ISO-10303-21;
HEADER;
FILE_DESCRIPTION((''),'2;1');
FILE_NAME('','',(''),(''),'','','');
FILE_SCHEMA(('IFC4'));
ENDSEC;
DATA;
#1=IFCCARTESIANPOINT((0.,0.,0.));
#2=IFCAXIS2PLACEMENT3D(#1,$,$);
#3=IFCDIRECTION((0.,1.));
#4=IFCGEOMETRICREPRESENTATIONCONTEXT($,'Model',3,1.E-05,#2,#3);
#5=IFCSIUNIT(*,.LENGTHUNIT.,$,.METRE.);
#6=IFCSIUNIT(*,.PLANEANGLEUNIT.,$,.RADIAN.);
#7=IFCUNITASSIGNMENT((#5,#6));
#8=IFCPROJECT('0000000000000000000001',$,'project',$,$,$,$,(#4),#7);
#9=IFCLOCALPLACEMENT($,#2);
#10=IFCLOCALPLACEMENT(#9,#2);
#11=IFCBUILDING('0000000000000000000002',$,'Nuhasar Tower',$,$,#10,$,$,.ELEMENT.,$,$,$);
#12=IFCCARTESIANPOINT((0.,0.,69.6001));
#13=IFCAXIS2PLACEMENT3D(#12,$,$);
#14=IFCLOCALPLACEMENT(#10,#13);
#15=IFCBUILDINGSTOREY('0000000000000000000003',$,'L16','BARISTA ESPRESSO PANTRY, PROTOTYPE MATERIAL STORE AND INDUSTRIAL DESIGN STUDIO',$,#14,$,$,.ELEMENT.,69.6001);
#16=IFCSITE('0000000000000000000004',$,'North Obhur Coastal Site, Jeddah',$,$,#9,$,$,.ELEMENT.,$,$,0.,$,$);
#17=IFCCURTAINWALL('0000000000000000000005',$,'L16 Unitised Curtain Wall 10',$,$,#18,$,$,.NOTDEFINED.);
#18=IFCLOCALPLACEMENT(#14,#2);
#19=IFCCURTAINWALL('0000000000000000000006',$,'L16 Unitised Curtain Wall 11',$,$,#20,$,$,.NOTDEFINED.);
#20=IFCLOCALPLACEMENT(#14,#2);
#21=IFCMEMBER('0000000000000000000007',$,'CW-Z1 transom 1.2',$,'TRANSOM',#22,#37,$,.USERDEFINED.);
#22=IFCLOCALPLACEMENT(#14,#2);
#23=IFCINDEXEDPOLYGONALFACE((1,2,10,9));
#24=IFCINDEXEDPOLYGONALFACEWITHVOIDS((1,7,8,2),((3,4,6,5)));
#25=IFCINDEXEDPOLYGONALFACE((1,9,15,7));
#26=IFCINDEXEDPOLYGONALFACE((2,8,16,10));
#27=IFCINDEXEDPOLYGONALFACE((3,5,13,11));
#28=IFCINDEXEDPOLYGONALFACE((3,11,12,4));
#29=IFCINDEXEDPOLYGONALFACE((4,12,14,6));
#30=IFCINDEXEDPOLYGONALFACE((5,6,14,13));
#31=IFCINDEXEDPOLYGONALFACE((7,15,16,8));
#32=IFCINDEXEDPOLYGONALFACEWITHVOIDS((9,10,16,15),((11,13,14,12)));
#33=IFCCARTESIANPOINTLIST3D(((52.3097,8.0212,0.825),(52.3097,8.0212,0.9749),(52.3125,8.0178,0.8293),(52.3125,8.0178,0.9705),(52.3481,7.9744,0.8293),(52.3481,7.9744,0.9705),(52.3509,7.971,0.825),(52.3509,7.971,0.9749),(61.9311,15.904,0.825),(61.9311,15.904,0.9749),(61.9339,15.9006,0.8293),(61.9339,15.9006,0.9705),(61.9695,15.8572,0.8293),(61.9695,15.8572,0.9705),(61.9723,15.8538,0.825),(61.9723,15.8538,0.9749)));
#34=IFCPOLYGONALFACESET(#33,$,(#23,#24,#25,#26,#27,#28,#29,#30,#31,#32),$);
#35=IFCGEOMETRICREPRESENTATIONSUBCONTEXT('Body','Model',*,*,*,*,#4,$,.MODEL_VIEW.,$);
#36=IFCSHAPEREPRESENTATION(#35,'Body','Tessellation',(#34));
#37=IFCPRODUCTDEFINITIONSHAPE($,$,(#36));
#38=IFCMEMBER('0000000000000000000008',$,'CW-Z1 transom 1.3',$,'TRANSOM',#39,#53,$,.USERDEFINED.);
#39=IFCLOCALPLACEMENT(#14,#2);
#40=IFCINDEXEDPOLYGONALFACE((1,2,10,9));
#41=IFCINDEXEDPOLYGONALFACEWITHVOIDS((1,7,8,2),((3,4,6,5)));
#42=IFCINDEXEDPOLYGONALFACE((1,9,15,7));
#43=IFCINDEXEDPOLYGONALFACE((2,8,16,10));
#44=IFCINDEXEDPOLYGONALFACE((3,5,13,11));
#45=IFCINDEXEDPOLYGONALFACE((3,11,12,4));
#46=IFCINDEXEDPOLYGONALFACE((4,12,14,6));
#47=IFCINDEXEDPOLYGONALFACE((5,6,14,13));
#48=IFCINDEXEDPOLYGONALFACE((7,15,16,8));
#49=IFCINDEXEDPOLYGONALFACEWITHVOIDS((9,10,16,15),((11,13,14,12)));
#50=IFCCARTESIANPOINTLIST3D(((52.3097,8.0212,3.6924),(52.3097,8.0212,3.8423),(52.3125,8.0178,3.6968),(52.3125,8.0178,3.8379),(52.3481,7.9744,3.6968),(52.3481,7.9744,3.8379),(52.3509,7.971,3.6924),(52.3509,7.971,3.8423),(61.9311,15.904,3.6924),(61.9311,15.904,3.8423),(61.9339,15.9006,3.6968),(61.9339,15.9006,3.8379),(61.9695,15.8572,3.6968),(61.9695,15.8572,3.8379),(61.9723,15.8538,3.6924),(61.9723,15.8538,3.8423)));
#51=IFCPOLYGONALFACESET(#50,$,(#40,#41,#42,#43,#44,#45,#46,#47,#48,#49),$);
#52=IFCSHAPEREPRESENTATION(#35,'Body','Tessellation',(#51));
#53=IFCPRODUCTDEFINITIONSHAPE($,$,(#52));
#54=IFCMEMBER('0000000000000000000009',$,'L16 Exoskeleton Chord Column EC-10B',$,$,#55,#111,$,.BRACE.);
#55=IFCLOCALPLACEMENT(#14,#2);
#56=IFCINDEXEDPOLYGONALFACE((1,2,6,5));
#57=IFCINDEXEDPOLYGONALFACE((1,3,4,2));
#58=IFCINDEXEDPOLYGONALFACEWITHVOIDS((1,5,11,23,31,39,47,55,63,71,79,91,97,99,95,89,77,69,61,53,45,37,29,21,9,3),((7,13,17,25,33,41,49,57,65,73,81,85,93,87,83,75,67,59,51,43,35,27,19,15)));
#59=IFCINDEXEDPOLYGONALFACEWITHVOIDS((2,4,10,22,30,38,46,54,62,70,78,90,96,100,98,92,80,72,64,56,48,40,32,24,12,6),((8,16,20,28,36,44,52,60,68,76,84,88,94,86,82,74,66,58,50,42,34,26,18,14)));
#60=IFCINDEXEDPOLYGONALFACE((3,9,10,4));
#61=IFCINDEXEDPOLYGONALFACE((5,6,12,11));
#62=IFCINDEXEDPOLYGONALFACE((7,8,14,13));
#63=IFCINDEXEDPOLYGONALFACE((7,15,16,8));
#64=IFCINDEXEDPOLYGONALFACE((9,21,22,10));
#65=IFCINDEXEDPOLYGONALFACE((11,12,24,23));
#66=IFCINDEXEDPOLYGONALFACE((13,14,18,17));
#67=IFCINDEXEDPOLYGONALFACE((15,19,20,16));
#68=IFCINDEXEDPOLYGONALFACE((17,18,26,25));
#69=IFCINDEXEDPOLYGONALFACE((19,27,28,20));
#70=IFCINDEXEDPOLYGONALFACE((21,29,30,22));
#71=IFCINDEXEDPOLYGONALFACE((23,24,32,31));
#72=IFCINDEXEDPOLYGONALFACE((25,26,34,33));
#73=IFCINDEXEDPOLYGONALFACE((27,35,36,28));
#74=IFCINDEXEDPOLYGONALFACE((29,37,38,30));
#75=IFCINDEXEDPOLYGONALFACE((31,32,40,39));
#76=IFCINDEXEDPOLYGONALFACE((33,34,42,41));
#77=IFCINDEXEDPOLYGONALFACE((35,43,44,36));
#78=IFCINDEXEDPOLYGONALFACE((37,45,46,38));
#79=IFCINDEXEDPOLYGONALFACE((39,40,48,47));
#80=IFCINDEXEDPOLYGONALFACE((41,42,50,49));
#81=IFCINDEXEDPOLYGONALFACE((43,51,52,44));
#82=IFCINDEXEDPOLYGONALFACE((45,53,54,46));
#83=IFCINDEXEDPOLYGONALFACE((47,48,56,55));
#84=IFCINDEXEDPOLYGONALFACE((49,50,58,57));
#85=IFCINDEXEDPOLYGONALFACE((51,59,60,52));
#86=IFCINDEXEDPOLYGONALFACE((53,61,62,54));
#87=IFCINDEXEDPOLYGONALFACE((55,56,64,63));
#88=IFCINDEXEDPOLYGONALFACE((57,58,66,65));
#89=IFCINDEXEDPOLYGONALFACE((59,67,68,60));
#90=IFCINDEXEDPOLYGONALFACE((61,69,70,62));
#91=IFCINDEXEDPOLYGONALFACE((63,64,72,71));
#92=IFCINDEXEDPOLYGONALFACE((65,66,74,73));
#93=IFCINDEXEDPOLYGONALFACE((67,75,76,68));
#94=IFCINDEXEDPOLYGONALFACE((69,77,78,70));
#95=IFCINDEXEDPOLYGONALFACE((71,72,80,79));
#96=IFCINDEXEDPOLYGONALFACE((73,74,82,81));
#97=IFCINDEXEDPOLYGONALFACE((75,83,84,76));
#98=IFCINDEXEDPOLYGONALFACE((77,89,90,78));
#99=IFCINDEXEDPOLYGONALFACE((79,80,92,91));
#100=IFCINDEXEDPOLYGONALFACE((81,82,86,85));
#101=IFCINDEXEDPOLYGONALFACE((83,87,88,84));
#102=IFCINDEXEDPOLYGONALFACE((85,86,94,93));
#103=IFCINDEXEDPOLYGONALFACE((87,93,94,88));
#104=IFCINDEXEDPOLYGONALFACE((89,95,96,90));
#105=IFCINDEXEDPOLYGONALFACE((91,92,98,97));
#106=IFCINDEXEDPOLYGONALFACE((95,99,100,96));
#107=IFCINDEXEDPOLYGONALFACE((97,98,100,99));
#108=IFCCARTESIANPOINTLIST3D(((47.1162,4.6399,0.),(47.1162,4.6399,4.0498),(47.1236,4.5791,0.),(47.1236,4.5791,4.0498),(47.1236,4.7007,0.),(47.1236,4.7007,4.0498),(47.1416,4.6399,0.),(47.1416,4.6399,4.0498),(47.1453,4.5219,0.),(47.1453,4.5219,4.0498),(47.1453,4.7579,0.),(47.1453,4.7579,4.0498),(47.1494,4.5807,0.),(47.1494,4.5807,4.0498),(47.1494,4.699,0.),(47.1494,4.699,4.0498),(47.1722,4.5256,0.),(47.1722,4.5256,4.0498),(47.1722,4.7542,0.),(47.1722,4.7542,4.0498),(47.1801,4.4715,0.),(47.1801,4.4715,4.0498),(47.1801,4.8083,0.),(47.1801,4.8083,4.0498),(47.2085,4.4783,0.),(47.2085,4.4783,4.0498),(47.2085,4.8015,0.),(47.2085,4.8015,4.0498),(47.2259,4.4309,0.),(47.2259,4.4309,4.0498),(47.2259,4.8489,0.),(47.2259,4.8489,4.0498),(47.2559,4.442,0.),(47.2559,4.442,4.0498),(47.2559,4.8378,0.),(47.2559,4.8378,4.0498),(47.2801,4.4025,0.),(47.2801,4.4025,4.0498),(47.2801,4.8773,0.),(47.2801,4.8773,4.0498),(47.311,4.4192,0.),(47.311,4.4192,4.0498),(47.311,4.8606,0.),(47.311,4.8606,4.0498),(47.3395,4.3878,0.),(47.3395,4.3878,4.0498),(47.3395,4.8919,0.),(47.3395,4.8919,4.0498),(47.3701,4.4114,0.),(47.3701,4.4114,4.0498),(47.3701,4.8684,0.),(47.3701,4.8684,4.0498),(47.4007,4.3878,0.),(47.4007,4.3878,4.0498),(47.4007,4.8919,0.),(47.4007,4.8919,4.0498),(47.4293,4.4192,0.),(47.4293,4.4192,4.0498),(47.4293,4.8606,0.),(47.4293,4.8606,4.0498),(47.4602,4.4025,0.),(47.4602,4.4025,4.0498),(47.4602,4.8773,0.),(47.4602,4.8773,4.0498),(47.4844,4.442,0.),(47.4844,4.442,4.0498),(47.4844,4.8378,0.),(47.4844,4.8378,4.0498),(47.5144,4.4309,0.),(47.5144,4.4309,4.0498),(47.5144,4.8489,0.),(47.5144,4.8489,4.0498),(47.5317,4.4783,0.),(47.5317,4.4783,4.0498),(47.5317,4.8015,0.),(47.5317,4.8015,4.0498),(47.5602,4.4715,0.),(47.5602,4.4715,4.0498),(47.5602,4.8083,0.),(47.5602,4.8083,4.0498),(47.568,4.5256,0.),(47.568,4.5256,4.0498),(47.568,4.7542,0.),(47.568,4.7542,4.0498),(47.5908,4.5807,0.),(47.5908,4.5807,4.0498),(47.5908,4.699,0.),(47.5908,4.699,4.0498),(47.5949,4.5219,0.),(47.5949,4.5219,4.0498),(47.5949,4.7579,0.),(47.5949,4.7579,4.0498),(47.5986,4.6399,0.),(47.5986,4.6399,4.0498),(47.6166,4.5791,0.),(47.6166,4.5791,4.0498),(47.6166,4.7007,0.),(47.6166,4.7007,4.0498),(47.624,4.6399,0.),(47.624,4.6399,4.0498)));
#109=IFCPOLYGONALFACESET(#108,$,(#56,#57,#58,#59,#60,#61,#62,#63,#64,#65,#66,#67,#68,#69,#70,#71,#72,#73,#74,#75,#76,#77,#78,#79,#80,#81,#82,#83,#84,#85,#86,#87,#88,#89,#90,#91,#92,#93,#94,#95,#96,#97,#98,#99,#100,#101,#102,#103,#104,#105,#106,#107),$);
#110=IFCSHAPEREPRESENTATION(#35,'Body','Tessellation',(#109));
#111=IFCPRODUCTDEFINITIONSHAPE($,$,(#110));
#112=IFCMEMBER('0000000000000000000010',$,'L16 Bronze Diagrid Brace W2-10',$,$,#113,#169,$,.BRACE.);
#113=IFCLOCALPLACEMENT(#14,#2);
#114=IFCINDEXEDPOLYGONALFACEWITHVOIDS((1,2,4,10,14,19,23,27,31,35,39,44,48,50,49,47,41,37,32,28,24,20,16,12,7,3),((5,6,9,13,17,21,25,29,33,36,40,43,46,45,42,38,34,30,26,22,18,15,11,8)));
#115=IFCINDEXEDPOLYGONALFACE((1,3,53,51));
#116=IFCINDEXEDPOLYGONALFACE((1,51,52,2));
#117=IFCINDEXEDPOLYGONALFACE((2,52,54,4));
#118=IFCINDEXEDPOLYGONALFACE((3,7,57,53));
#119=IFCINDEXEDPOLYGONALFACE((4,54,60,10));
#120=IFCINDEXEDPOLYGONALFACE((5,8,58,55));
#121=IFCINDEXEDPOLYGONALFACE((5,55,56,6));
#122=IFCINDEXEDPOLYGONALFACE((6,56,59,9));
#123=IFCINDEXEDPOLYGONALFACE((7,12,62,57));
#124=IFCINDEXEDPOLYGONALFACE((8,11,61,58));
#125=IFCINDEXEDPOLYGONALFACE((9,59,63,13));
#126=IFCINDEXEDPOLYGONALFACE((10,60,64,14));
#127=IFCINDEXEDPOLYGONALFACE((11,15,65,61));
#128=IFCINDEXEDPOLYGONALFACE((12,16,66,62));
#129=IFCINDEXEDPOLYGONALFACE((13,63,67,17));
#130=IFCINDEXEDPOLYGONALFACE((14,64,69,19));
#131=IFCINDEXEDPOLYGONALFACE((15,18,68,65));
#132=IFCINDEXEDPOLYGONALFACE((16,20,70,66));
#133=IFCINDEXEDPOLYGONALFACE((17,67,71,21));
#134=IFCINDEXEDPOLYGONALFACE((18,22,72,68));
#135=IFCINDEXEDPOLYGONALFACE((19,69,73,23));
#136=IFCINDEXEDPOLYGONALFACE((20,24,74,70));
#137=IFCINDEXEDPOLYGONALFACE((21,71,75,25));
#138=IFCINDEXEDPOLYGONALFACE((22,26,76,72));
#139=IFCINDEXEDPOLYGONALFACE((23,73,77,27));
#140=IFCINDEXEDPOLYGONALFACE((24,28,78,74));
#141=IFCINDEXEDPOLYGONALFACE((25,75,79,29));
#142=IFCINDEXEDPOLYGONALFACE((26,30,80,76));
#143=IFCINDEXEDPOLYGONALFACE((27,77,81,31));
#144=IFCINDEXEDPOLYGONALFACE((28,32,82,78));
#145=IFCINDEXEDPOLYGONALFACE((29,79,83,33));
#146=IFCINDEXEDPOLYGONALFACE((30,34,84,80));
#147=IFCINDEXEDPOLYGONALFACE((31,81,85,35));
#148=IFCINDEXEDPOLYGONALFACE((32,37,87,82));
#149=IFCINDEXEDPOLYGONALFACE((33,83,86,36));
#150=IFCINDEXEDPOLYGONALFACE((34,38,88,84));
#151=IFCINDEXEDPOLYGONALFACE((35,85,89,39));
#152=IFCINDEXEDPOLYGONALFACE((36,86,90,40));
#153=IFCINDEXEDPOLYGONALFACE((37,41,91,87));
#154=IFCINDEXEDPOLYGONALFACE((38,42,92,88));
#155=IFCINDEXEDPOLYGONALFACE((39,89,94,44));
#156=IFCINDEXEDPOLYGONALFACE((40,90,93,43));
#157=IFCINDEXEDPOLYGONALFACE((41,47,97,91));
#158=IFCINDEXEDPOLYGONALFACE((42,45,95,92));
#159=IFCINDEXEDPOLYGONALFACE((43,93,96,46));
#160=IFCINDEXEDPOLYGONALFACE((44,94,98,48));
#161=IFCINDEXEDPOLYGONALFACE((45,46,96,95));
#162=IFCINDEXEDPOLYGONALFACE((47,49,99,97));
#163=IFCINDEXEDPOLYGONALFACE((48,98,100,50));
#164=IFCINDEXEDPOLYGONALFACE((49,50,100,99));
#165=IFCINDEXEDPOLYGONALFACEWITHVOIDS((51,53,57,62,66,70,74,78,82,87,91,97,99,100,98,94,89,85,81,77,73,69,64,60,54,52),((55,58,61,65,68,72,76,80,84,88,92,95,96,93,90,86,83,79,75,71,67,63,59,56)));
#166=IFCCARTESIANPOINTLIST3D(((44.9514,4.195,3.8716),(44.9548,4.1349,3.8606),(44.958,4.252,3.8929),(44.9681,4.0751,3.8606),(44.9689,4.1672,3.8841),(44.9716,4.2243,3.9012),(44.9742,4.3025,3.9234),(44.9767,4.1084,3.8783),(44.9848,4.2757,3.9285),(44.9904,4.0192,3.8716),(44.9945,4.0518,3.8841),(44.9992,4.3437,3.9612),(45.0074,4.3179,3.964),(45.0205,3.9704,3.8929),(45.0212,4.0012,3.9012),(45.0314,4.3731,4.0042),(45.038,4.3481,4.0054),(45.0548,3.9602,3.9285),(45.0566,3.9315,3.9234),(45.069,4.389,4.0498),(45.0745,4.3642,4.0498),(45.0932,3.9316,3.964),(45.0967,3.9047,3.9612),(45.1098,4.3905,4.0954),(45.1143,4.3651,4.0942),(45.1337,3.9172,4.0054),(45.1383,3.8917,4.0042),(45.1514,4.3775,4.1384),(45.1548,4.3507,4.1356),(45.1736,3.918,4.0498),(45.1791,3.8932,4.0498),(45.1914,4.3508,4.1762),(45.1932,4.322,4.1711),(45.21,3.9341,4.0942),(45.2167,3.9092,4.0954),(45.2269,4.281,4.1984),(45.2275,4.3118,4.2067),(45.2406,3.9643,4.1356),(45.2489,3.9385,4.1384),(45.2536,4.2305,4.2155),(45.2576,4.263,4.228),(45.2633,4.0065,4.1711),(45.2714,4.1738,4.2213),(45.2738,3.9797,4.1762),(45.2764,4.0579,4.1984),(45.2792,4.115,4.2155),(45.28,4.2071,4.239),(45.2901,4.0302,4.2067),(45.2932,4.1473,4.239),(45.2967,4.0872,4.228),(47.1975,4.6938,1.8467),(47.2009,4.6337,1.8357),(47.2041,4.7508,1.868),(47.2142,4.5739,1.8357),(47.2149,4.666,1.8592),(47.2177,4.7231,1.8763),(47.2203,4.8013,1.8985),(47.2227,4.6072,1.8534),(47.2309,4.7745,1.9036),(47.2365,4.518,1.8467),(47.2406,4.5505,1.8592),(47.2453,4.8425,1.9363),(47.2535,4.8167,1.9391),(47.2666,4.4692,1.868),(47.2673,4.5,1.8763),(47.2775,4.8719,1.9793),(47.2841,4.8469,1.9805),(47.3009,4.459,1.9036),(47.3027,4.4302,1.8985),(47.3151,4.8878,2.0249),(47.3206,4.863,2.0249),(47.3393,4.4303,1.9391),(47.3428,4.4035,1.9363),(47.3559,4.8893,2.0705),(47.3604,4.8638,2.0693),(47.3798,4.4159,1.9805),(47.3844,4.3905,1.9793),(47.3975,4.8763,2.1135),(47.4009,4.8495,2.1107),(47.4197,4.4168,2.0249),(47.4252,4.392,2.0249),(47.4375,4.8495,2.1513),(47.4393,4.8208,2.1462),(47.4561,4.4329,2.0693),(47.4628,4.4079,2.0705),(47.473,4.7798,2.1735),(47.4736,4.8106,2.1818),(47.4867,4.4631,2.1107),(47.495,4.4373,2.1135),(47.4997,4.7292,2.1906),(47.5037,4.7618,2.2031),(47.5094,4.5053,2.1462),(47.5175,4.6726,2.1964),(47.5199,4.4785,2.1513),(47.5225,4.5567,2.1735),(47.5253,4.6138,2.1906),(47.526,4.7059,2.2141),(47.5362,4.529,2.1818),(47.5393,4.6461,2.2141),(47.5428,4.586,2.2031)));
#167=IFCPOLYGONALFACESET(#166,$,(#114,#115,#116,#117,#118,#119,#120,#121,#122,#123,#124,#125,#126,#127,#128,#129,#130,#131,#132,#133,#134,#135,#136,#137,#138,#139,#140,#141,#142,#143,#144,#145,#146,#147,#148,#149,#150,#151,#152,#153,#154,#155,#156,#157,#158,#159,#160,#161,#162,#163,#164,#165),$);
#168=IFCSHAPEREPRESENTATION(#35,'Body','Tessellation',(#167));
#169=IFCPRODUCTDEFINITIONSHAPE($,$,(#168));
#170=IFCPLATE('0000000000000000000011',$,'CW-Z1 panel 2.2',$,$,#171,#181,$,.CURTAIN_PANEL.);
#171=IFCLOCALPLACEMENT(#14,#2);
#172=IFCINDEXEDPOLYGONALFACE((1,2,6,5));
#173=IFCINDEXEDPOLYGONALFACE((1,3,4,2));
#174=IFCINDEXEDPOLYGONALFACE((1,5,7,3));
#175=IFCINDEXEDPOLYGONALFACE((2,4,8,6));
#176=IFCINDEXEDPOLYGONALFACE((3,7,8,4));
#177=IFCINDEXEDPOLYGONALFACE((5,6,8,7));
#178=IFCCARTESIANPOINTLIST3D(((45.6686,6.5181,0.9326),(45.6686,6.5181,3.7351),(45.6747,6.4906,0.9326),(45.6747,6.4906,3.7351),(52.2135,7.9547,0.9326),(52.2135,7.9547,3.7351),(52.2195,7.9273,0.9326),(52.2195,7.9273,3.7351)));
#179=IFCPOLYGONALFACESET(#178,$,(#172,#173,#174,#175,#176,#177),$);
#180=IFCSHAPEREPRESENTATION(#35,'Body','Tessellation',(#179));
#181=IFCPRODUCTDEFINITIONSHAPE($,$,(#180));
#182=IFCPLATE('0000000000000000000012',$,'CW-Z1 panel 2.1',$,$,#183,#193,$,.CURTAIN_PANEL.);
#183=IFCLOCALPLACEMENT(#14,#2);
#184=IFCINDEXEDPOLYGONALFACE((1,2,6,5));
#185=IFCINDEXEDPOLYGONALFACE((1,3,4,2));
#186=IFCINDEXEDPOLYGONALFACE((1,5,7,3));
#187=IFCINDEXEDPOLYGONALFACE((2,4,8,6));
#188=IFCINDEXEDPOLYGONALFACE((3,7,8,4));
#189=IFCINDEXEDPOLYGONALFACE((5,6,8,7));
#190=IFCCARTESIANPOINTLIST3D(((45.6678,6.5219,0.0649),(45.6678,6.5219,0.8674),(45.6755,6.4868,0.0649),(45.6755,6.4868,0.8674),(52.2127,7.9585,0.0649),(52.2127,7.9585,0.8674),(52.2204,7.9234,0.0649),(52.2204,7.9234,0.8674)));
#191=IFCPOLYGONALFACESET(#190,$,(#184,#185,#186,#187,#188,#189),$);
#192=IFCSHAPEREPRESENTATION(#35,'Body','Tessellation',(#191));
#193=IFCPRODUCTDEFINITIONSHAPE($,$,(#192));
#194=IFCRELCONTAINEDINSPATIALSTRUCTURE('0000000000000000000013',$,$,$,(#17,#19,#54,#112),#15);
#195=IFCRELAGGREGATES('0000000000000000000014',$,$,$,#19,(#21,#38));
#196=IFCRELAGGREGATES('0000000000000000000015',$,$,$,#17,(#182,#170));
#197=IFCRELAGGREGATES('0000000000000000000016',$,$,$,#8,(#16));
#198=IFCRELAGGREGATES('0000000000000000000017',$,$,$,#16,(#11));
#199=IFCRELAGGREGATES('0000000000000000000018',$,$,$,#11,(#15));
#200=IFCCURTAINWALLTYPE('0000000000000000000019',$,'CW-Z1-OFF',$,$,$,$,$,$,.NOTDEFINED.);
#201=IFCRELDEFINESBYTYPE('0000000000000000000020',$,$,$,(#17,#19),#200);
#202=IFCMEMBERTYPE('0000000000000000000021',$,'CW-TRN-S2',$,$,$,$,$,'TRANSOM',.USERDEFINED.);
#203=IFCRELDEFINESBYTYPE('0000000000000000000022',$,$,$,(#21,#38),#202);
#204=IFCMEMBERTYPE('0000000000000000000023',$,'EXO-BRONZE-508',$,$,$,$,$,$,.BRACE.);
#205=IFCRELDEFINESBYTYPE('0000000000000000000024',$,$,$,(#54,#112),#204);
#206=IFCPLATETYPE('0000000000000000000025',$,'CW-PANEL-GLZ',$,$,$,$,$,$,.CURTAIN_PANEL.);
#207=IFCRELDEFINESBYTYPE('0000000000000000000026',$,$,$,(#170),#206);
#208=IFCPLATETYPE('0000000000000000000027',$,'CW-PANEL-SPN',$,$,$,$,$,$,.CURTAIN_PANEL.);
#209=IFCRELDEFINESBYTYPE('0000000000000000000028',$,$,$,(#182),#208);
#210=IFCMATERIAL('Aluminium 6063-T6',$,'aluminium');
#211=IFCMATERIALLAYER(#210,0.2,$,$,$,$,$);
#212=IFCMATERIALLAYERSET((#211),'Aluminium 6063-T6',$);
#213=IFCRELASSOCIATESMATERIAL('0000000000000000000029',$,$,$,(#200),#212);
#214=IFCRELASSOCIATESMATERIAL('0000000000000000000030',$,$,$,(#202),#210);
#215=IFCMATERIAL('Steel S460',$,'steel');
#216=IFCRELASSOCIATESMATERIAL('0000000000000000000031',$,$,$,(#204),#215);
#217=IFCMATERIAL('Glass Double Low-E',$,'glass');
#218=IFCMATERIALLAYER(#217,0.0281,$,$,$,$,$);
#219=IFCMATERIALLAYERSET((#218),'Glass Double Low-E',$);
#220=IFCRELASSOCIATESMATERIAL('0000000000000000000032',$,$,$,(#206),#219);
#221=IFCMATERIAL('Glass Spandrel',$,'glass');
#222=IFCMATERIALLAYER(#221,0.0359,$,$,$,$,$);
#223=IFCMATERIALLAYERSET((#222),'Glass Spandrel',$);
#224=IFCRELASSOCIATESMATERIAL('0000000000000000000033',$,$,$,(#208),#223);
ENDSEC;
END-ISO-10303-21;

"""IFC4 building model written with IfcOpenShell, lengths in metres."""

from ifc_helpers import new_model, si_unit, direction, frame, origin, origin_2d, place, context, subcontext, project, spatial, rectangle, hollow_rectangle, hollow_circle, extrude, material, layer, layer_set, material_profile, profile_set, type_object, element, aggregate, save


model = new_model("IFC4")

# Units and contexts
model_context = context("Model", 3, precision=1e-05, world=origin(), true_north=direction((0.0, 1.0)))
body_context = subcontext(model_context, "Body", "Model", "MODEL_VIEW")
ifc_project = project(units=[si_unit("LENGTHUNIT", "METRE"), si_unit("PLANEANGLEUNIT", "RADIAN")], contexts=[model_context])

# Site, building, storey
site_placement = place(None, origin())
site = spatial("IfcSite", under=ifc_project, at=site_placement, Name="North Obhur Coastal Site, Jeddah", CompositionType="ELEMENT", RefElevation=0.0)
building_placement = place(site_placement, origin())
building = spatial("IfcBuilding", under=site, at=building_placement, Name="Nuhasar Tower", CompositionType="ELEMENT")
storey_placement = place(building_placement, frame((0.0, 0.0, 69.6001)))
storey = spatial("IfcBuildingStorey", under=building, at=storey_placement, Name="L16", Description="BARISTA ESPRESSO PANTRY, PROTOTYPE MATERIAL STORE AND INDUSTRIAL DESIGN STUDIO", CompositionType="ELEMENT", Elevation=69.6001)

# Curtain wall
ifc_material_1 = material(Name="Aluminium 6063-T6", Category="aluminium")
ifc_layer_1 = layer(ifc_material_1, 0.2)
ifc_layer_set_1 = layer_set([ifc_layer_1], Name="Aluminium 6063-T6")
curtain_wall_type = type_object("IfcCurtainWallType", Name="CW-Z1-OFF", PredefinedType="NOTDEFINED", material=ifc_layer_set_1)
curtain_wall_1_placement = place(storey_placement, origin())
curtain_wall_1 = element("IfcCurtainWall", 1, at=curtain_wall_1_placement, inside=storey, type_object=curtain_wall_type, Name="L16 Unitised Curtain Wall 10", PredefinedType="NOTDEFINED")

# Curtain wall, members
curtain_wall_2_placement = place(storey_placement, origin())
curtain_wall_2 = element("IfcCurtainWall", 2, at=curtain_wall_2_placement, inside=storey, type_object=curtain_wall_type, Name="L16 Unitised Curtain Wall 11", PredefinedType="NOTDEFINED")
ifc_material_profile_1 = material_profile(ifc_material_1, hollow_rectangle(XDim=0.0649, YDim=0.1499, WallThickness=0.0044, at=origin_2d()), Name="CWT-2")
ifc_profile_set_1 = profile_set([ifc_material_profile_1], Name="Aluminium 6063-T6")
member_type_1 = type_object("IfcMemberType", Name="CW-TRN-S2", ElementType="TRANSOM", PredefinedType="USERDEFINED", material=ifc_profile_set_1)
member_1_placement = place(storey_placement, frame((52.3303, 7.9961, 0.8999), z_axis=(0.773531, 0.633758, 0.0), x_axis=(-0.633758, 0.773531, 0.0)))
member_1 = element("IfcMember", 3, at=member_1_placement, type_object=member_type_1, Name="CW-Z1 transom 1.2", ObjectType="TRANSOM", PredefinedType="USERDEFINED", context=body_context, shape_type="SweptSolid", body=[
    extrude(hollow_rectangle(XDim=0.0649, YDim=0.1499, WallThickness=0.0044, at=origin_2d()), origin(), (0.0, 0.0, 1.0), 12.4382),
])
member_2_placement = place(storey_placement, frame((52.3303, 7.9961, 3.7673), z_axis=(0.773531, 0.633758, 0.0), x_axis=(-0.633758, 0.773531, 0.0)))
member_2 = element("IfcMember", 4, at=member_2_placement, type_object=member_type_1, Name="CW-Z1 transom 1.3", ObjectType="TRANSOM", PredefinedType="USERDEFINED", context=body_context, shape_type="SweptSolid", body=[
    extrude(hollow_rectangle(XDim=0.0649, YDim=0.1499, WallThickness=0.0044, at=origin_2d()), origin(), (0.0, 0.0, 1.0), 12.4382),
])
aggregate(curtain_wall_2, [member_1, member_2])

# Members
ifc_material_2 = material(Name="Steel S460", Category="steel")
ifc_material_profile_2 = material_profile(ifc_material_2, hollow_circle(Radius=0.2539, WallThickness=0.0254, at=origin_2d()), Name="HSS508X25.4")
ifc_profile_set_2 = profile_set([ifc_material_profile_2], Name="Steel S460")
member_type_2 = type_object("IfcMemberType", Name="EXO-BRONZE-508", PredefinedType="BRACE", material=ifc_profile_set_2)
member_3_placement = place(storey_placement, frame((47.3701, 4.6399, 0.0), z_axis=(0.0, 0.0, 1.0), x_axis=(1.0, 0.0, 0.0)))
element("IfcMember", 5, at=member_3_placement, inside=storey, type_object=member_type_2, Name="L16 Exoskeleton Chord Column EC-10B", PredefinedType="BRACE", context=body_context, shape_type="SweptSolid", body=[
    extrude(hollow_circle(Radius=0.2539, WallThickness=0.0254, at=origin_2d()), origin(), (0.0, 0.0, 1.0), 4.0498),
])
member_4_placement = place(storey_placement, frame((47.3701, 4.6399, 2.0249), z_axis=(-0.732831, -0.162736, 0.660663), x_axis=(0.216784, -0.97622, 0.0)))
element("IfcMember", 6, at=member_4_placement, inside=storey, type_object=member_type_2, Name="L16 Bronze Diagrid Brace W2-10", PredefinedType="BRACE", context=body_context, shape_type="SweptSolid", body=[
    extrude(hollow_circle(Radius=0.2539, WallThickness=0.0254, at=origin_2d()), origin(), (0.0, 0.0, 1.0), 3.0649),
])

# Plates
ifc_material_3 = material(Name="Glass Double Low-E", Category="glass")
ifc_layer_2 = layer(ifc_material_3, 0.0281)
ifc_layer_set_2 = layer_set([ifc_layer_2], Name="Glass Double Low-E")
plate_type_1 = type_object("IfcPlateType", Name="CW-PANEL-GLZ", PredefinedType="CURTAIN_PANEL", material=ifc_layer_set_2)
plate_1_placement = place(storey_placement, frame((48.9441, 7.2227, 0.9326), z_axis=(0.0, 0.0, 1.0), x_axis=(0.976746, 0.214399, 0.0)))
plate_1 = element("IfcPlate", 7, at=plate_1_placement, type_object=plate_type_1, Name="CW-Z1 panel 2.2", PredefinedType="CURTAIN_PANEL", context=body_context, shape_type="SweptSolid", body=[
    extrude(rectangle(XDim=6.7007, YDim=0.0281, at=origin_2d()), origin(), (0.0, 0.0, 1.0), 2.8025),
])
ifc_material_4 = material(Name="Glass Spandrel", Category="glass")
ifc_layer_3 = layer(ifc_material_4, 0.0359)
ifc_layer_set_3 = layer_set([ifc_layer_3], Name="Glass Spandrel")
plate_type_2 = type_object("IfcPlateType", Name="CW-PANEL-SPN", PredefinedType="CURTAIN_PANEL", material=ifc_layer_set_3)
plate_2_placement = place(storey_placement, frame((48.9441, 7.2227, 0.0649), z_axis=(0.0, 0.0, 1.0), x_axis=(0.976746, 0.214399, 0.0)))
plate_2 = element("IfcPlate", 8, at=plate_2_placement, type_object=plate_type_2, Name="CW-Z1 panel 2.1", PredefinedType="CURTAIN_PANEL", context=body_context, shape_type="SweptSolid", body=[
    extrude(rectangle(XDim=6.7007, YDim=0.0359, at=origin_2d()), origin(), (0.0, 0.0, 1.0), 0.8025),
])
aggregate(curtain_wall_1, [plate_2, plate_1])

save(model, "model.ifc")
